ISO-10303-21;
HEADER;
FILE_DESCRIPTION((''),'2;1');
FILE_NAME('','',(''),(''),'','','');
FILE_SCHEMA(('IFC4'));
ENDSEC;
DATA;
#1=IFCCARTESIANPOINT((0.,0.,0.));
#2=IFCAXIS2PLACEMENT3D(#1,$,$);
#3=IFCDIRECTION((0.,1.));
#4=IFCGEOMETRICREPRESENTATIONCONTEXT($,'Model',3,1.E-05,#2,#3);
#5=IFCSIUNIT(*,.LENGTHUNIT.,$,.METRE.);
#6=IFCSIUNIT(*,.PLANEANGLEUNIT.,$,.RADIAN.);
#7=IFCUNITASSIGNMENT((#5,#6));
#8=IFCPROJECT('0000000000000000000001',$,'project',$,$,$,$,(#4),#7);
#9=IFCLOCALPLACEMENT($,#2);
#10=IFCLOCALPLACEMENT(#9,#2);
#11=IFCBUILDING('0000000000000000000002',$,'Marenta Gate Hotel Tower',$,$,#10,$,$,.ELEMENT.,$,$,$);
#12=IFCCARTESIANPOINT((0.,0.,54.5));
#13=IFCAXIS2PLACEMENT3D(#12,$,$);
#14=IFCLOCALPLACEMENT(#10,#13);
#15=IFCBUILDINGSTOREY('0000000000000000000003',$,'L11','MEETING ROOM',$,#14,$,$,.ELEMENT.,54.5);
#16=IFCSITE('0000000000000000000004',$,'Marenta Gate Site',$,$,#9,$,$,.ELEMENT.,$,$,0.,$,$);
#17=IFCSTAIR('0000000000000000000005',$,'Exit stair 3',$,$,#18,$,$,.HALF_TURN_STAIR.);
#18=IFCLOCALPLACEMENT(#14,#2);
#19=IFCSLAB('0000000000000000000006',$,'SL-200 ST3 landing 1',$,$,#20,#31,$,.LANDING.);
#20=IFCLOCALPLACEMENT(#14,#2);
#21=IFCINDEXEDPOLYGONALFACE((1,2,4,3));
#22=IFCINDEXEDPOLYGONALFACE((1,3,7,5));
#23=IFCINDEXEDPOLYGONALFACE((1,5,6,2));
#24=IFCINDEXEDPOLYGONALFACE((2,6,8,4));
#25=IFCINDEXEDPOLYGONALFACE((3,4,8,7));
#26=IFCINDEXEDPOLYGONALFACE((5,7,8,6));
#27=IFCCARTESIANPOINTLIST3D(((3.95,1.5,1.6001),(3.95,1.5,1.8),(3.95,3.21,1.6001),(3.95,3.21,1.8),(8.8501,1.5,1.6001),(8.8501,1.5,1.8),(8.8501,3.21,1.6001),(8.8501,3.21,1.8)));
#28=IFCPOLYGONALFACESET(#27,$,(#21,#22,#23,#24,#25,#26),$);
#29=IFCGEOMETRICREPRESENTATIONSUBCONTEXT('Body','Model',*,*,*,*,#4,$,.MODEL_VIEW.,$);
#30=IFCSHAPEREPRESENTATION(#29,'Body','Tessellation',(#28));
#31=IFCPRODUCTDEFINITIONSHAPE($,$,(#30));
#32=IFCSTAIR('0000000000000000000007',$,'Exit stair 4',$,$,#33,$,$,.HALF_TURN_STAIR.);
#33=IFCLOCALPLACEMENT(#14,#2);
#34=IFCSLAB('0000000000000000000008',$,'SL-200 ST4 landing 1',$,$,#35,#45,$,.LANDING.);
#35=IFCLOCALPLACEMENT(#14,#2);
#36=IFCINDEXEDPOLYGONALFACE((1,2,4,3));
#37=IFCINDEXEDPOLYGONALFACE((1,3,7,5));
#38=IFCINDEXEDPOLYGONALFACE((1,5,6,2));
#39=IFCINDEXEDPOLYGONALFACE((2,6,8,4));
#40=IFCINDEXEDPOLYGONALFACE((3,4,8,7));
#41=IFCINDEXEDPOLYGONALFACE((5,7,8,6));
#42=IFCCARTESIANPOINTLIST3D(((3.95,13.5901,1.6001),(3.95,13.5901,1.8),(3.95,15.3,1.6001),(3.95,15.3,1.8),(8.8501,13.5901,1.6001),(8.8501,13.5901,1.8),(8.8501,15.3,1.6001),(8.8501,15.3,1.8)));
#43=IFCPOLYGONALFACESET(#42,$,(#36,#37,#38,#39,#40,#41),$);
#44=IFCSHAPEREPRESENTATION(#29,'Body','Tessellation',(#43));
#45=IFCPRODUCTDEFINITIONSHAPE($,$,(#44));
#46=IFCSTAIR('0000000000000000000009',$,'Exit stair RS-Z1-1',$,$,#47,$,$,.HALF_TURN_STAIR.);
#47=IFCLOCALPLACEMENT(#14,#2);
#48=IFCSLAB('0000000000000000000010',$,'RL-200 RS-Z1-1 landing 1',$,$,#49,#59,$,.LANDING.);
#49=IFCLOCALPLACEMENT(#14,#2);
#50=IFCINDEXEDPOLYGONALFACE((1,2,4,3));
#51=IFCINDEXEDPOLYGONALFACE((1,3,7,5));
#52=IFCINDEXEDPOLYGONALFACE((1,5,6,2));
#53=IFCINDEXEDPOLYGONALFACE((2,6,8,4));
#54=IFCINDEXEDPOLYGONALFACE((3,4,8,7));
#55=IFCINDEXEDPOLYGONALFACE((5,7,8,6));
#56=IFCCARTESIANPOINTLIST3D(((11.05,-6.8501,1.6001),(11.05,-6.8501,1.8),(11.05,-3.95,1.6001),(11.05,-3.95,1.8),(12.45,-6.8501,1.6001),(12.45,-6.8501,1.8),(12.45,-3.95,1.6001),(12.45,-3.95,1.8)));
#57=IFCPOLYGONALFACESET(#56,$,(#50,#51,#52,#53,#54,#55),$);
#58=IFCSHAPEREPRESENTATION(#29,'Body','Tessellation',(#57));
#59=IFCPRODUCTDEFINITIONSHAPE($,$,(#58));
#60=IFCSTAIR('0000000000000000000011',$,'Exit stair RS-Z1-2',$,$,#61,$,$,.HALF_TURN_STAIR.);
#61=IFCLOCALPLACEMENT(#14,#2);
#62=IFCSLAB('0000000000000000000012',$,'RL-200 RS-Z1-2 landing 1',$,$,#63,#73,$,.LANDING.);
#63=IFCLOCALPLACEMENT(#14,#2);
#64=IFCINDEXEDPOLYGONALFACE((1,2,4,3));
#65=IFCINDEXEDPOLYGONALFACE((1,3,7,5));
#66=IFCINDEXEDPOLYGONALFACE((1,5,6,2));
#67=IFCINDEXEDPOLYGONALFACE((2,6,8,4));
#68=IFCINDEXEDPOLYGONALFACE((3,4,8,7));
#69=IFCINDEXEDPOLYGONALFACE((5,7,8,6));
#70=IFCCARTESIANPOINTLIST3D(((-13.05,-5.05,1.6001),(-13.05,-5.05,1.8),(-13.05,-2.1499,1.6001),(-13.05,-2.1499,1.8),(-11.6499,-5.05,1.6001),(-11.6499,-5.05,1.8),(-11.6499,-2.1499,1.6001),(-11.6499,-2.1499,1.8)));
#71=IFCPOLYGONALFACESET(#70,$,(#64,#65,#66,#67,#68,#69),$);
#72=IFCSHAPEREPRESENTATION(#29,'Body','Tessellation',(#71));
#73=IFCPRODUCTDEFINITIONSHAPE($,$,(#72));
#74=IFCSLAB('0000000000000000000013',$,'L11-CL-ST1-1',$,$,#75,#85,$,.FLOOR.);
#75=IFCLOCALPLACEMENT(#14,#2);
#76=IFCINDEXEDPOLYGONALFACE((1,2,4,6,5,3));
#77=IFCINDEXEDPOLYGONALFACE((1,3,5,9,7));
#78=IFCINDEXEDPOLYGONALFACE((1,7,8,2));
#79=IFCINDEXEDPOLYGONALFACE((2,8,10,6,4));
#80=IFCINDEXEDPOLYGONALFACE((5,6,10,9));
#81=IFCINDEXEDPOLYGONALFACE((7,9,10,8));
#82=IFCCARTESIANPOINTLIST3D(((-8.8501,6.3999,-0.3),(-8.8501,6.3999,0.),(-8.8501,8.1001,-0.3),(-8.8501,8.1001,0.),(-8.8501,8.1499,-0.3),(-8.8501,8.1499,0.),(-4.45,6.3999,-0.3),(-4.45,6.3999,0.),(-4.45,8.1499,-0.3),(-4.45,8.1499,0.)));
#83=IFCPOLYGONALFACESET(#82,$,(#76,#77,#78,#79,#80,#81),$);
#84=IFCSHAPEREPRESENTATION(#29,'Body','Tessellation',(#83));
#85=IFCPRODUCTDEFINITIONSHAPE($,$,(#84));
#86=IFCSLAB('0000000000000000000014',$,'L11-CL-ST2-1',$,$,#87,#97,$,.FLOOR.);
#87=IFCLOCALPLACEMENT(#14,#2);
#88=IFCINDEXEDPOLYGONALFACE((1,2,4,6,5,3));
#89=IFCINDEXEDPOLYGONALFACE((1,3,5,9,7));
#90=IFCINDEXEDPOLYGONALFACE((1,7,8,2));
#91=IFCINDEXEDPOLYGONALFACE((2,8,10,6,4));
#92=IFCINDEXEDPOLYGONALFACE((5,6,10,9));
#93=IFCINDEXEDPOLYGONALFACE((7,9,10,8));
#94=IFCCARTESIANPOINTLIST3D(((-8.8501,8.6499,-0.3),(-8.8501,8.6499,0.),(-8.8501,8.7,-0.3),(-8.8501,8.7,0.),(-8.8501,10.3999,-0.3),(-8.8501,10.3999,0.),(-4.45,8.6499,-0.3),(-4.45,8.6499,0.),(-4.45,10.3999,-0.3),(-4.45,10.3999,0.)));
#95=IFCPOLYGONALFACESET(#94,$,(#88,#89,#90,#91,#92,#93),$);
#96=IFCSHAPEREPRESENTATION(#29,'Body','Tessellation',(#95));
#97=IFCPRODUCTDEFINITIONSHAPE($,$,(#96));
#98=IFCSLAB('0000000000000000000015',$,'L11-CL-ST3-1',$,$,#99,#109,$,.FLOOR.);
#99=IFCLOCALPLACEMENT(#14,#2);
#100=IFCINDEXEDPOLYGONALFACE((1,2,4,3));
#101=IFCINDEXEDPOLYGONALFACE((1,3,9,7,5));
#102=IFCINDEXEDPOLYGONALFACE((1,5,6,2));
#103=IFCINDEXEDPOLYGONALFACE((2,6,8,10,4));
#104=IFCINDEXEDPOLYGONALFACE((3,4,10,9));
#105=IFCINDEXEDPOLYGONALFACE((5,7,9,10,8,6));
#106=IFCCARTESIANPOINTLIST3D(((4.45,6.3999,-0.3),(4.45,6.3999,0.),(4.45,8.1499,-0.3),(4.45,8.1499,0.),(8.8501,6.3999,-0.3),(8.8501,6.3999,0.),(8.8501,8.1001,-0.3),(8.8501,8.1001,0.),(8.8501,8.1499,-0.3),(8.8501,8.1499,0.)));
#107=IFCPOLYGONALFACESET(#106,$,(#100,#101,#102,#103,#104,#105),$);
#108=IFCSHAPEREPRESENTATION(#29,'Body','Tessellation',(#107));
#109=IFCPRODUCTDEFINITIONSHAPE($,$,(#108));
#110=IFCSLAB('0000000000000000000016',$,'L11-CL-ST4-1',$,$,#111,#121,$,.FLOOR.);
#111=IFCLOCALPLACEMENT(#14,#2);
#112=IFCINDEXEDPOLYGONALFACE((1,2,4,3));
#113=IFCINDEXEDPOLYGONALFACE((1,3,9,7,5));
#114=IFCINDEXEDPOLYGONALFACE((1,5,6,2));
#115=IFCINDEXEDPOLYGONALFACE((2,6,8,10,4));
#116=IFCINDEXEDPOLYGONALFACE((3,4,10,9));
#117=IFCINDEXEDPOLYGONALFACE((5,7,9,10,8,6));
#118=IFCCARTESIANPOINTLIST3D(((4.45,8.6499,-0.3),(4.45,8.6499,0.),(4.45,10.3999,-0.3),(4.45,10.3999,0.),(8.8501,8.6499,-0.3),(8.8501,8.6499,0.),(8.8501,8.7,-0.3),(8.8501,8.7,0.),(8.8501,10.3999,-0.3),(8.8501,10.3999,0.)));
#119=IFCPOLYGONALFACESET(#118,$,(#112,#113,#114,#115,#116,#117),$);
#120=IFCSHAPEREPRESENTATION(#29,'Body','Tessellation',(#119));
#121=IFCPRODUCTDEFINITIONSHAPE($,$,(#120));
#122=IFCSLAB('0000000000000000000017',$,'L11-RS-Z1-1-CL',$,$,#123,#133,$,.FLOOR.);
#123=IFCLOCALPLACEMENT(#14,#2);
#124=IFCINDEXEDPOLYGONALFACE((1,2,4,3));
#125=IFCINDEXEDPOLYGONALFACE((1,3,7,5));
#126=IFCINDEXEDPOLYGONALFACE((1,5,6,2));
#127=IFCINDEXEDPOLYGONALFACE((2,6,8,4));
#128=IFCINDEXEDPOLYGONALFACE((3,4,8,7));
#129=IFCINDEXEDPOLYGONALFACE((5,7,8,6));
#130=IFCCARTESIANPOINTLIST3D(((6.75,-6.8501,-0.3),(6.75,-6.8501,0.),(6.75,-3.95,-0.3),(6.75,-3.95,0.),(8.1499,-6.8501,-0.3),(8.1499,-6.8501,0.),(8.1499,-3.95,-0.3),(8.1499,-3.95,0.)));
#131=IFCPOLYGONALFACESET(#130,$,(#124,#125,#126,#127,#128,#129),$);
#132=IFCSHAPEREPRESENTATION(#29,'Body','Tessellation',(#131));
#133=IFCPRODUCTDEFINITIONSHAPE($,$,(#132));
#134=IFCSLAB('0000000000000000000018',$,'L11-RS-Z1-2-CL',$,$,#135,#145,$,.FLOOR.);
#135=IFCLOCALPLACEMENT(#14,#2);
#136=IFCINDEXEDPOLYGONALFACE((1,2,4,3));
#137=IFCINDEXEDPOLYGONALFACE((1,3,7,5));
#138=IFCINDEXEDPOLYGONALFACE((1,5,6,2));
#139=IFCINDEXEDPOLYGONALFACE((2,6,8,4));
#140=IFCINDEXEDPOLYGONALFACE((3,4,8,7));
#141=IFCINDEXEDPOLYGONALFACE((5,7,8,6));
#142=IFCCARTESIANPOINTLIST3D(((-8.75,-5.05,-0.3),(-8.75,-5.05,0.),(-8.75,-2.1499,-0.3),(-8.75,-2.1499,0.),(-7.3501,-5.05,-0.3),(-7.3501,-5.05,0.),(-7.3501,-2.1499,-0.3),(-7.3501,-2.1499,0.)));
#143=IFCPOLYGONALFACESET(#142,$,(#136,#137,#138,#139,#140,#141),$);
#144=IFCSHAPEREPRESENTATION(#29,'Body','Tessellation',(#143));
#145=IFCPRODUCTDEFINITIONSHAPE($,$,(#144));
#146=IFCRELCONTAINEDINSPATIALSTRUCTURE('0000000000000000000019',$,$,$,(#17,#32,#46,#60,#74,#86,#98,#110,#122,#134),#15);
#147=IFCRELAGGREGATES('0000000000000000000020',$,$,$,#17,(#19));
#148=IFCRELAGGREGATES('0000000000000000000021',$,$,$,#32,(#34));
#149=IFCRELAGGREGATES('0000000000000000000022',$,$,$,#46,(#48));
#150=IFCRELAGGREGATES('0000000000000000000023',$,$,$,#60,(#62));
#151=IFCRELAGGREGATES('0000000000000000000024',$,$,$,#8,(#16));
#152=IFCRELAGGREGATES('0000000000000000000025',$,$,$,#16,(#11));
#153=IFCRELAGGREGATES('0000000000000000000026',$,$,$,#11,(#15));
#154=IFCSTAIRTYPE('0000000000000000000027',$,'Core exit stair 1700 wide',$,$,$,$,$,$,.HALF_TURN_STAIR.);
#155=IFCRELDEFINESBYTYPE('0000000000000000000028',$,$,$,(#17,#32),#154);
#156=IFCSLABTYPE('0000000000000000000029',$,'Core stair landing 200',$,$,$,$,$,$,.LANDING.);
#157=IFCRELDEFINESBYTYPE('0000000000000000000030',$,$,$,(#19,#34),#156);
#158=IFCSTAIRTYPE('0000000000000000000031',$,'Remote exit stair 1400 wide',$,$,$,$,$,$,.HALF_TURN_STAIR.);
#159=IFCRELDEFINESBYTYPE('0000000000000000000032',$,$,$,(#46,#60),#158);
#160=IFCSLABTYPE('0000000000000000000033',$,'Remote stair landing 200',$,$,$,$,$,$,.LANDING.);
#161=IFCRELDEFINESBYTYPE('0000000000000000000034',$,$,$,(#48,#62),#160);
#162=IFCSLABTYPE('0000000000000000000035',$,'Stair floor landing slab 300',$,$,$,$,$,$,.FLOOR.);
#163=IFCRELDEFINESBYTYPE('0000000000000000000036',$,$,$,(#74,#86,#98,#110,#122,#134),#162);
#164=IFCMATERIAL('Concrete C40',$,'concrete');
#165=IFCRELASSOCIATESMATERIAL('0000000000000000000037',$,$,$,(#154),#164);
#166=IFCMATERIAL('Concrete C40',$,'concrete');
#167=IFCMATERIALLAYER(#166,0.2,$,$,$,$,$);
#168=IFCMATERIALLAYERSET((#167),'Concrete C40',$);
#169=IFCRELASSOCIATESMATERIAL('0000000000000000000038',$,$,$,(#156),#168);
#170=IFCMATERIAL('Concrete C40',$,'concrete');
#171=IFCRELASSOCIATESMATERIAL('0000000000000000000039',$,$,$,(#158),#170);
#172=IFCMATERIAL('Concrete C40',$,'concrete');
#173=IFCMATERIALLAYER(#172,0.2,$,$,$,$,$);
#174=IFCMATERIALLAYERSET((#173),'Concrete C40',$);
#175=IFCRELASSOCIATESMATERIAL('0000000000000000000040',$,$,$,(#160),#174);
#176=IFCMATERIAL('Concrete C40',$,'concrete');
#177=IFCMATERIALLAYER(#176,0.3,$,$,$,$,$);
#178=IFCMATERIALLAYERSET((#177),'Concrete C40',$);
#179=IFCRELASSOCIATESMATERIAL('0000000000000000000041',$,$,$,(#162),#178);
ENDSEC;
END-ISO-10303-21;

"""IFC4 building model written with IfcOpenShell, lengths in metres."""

from ifc_helpers import new_model, si_unit, direction, frame, origin, place, context, subcontext, project, spatial, polyline, outline, extrude, material, layer, layer_set, type_object, element, aggregate, save


model = new_model("IFC4")

# Units and contexts
model_context = context("Model", 3, precision=1e-05, world=origin(), true_north=direction((0.0, 1.0)))
body_context = subcontext(model_context, "Body", "Model", "MODEL_VIEW")
ifc_project = project(units=[si_unit("LENGTHUNIT", "METRE"), si_unit("PLANEANGLEUNIT", "RADIAN")], contexts=[model_context])

# Site, building, storey
site_placement = place(None, origin())
site = spatial("IfcSite", under=ifc_project, at=site_placement, Name="Marenta Gate Site", CompositionType="ELEMENT", RefElevation=0.0)
building_placement = place(site_placement, origin())
building = spatial("IfcBuilding", under=site, at=building_placement, Name="Marenta Gate Hotel Tower", CompositionType="ELEMENT")
storey_placement = place(building_placement, frame((0.0, 0.0, 54.5)))
storey = spatial("IfcBuildingStorey", under=building, at=storey_placement, Name="L11", Description="MEETING ROOM", CompositionType="ELEMENT", Elevation=54.5)

# Stairs, slabs
ifc_material_1 = material(Name="Concrete C40", Category="concrete")
stair_type_1 = type_object("IfcStairType", Name="Core exit stair 1700 wide", PredefinedType="HALF_TURN_STAIR", material=ifc_material_1)
ifc_material_2 = material(Name="Concrete C40", Category="concrete")
ifc_layer_1 = layer(ifc_material_2, 0.2)
ifc_layer_set_1 = layer_set([ifc_layer_1], Name="Concrete C40")
slab_type_1 = type_object("IfcSlabType", Name="Core stair landing 200", PredefinedType="LANDING", material=ifc_layer_set_1)
stair_1_placement = place(storey_placement, origin())
stair_1 = element("IfcStair", 1, at=stair_1_placement, inside=storey, type_object=stair_type_1, Name="Exit stair 3", PredefinedType="HALF_TURN_STAIR")
slab_1_placement = place(storey_placement, frame((0.0, 0.0, 1.6001)))
slab_1 = element("IfcSlab", 2, at=slab_1_placement, type_object=slab_type_1, Name="SL-200 ST3 landing 1", PredefinedType="LANDING", context=body_context, shape_type="SweptSolid", body=[
    extrude(outline(polyline([(3.95, 1.5), (8.8501, 1.5), (8.8501, 3.21), (3.95, 3.21), (3.95, 1.5)])), origin(), (0.0, 0.0, 1.0), 0.2),
])
aggregate(stair_1, [slab_1])
stair_2_placement = place(storey_placement, origin())
stair_2 = element("IfcStair", 3, at=stair_2_placement, inside=storey, type_object=stair_type_1, Name="Exit stair 4", PredefinedType="HALF_TURN_STAIR")
slab_2_placement = place(storey_placement, frame((0.0, 0.0, 1.6001)))
slab_2 = element("IfcSlab", 4, at=slab_2_placement, type_object=slab_type_1, Name="SL-200 ST4 landing 1", PredefinedType="LANDING", context=body_context, shape_type="SweptSolid", body=[
    extrude(outline(polyline([(3.95, 13.5901), (8.8501, 13.5901), (8.8501, 15.3), (3.95, 15.3), (3.95, 13.5901)])), origin(), (0.0, 0.0, 1.0), 0.2),
])
aggregate(stair_2, [slab_2])
ifc_material_3 = material(Name="Concrete C40", Category="concrete")
stair_type_2 = type_object("IfcStairType", Name="Remote exit stair 1400 wide", PredefinedType="HALF_TURN_STAIR", material=ifc_material_3)
stair_3_placement = place(storey_placement, origin())
stair_3 = element("IfcStair", 5, at=stair_3_placement, inside=storey, type_object=stair_type_2, Name="Exit stair RS-Z1-1", PredefinedType="HALF_TURN_STAIR")
ifc_material_4 = material(Name="Concrete C40", Category="concrete")
ifc_layer_2 = layer(ifc_material_4, 0.2)
ifc_layer_set_2 = layer_set([ifc_layer_2], Name="Concrete C40")
slab_type_2 = type_object("IfcSlabType", Name="Remote stair landing 200", PredefinedType="LANDING", material=ifc_layer_set_2)
slab_3_placement = place(storey_placement, frame((0.0, 0.0, 1.6001)))
slab_3 = element("IfcSlab", 6, at=slab_3_placement, type_object=slab_type_2, Name="RL-200 RS-Z1-1 landing 1", PredefinedType="LANDING", context=body_context, shape_type="SweptSolid", body=[
    extrude(outline(polyline([(11.05, -6.8501), (12.45, -6.8501), (12.45, -3.95), (11.05, -3.95), (11.05, -6.8501)])), origin(), (0.0, 0.0, 1.0), 0.2),
])
aggregate(stair_3, [slab_3])
stair_4_placement = place(storey_placement, origin())
stair_4 = element("IfcStair", 7, at=stair_4_placement, inside=storey, type_object=stair_type_2, Name="Exit stair RS-Z1-2", PredefinedType="HALF_TURN_STAIR")
slab_4_placement = place(storey_placement, frame((0.0, 0.0, 1.6001)))
slab_4 = element("IfcSlab", 8, at=slab_4_placement, type_object=slab_type_2, Name="RL-200 RS-Z1-2 landing 1", PredefinedType="LANDING", context=body_context, shape_type="SweptSolid", body=[
    extrude(outline(polyline([(-13.05, -5.05), (-11.6499, -5.05), (-11.6499, -2.1499), (-13.05, -2.1499), (-13.05, -5.05)])), origin(), (0.0, 0.0, 1.0), 0.2),
])
aggregate(stair_4, [slab_4])

# Slabs
ifc_material_5 = material(Name="Concrete C40", Category="concrete")
ifc_layer_3 = layer(ifc_material_5, 0.3)
ifc_layer_set_3 = layer_set([ifc_layer_3], Name="Concrete C40")
slab_type_3 = type_object("IfcSlabType", Name="Stair floor landing slab 300", PredefinedType="FLOOR", material=ifc_layer_set_3)
slab_5_placement = place(storey_placement, frame((0.0, 0.0, -0.3)))
element("IfcSlab", 9, at=slab_5_placement, inside=storey, type_object=slab_type_3, Name="L11-CL-ST1-1", PredefinedType="FLOOR", context=body_context, shape_type="SweptSolid", body=[
    extrude(outline(polyline([(-4.45, 6.3999), (-8.8501, 6.3999), (-8.8501, 8.1001), (-8.8501, 8.1499), (-4.45, 8.1499), (-4.45, 6.3999)])), origin(), (0.0, 0.0, 1.0), 0.3),
])
slab_6_placement = place(storey_placement, frame((0.0, 0.0, -0.3)))
element("IfcSlab", 10, at=slab_6_placement, inside=storey, type_object=slab_type_3, Name="L11-CL-ST2-1", PredefinedType="FLOOR", context=body_context, shape_type="SweptSolid", body=[
    extrude(outline(polyline([(-4.45, 8.6499), (-8.8501, 8.6499), (-8.8501, 8.7), (-8.8501, 10.3999), (-4.45, 10.3999), (-4.45, 8.6499)])), origin(), (0.0, 0.0, 1.0), 0.3),
])
slab_7_placement = place(storey_placement, frame((0.0, 0.0, -0.3)))
element("IfcSlab", 11, at=slab_7_placement, inside=storey, type_object=slab_type_3, Name="L11-CL-ST3-1", PredefinedType="FLOOR", context=body_context, shape_type="SweptSolid", body=[
    extrude(outline(polyline([(4.45, 6.3999), (4.45, 8.1499), (8.8501, 8.1499), (8.8501, 8.1001), (8.8501, 6.3999), (4.45, 6.3999)])), origin(), (0.0, 0.0, 1.0), 0.3),
])
slab_8_placement = place(storey_placement, frame((0.0, 0.0, -0.3)))
element("IfcSlab", 12, at=slab_8_placement, inside=storey, type_object=slab_type_3, Name="L11-CL-ST4-1", PredefinedType="FLOOR", context=body_context, shape_type="SweptSolid", body=[
    extrude(outline(polyline([(4.45, 8.6499), (4.45, 10.3999), (8.8501, 10.3999), (8.8501, 8.7), (8.8501, 8.6499), (4.45, 8.6499)])), origin(), (0.0, 0.0, 1.0), 0.3),
])
slab_9_placement = place(storey_placement, frame((0.0, 0.0, -0.3)))
element("IfcSlab", 13, at=slab_9_placement, inside=storey, type_object=slab_type_3, Name="L11-RS-Z1-1-CL", PredefinedType="FLOOR", context=body_context, shape_type="SweptSolid", body=[
    extrude(outline(polyline([(8.1499, -6.8501), (8.1499, -3.95), (6.75, -3.95), (6.75, -6.8501), (8.1499, -6.8501)])), origin(), (0.0, 0.0, 1.0), 0.3),
])
slab_10_placement = place(storey_placement, frame((0.0, 0.0, -0.3)))
element("IfcSlab", 14, at=slab_10_placement, inside=storey, type_object=slab_type_3, Name="L11-RS-Z1-2-CL", PredefinedType="FLOOR", context=body_context, shape_type="SweptSolid", body=[
    extrude(outline(polyline([(-7.3501, -5.05), (-7.3501, -2.1499), (-8.75, -2.1499), (-8.75, -5.05), (-7.3501, -5.05)])), origin(), (0.0, 0.0, 1.0), 0.3),
])

save(model, "model.ifc")
